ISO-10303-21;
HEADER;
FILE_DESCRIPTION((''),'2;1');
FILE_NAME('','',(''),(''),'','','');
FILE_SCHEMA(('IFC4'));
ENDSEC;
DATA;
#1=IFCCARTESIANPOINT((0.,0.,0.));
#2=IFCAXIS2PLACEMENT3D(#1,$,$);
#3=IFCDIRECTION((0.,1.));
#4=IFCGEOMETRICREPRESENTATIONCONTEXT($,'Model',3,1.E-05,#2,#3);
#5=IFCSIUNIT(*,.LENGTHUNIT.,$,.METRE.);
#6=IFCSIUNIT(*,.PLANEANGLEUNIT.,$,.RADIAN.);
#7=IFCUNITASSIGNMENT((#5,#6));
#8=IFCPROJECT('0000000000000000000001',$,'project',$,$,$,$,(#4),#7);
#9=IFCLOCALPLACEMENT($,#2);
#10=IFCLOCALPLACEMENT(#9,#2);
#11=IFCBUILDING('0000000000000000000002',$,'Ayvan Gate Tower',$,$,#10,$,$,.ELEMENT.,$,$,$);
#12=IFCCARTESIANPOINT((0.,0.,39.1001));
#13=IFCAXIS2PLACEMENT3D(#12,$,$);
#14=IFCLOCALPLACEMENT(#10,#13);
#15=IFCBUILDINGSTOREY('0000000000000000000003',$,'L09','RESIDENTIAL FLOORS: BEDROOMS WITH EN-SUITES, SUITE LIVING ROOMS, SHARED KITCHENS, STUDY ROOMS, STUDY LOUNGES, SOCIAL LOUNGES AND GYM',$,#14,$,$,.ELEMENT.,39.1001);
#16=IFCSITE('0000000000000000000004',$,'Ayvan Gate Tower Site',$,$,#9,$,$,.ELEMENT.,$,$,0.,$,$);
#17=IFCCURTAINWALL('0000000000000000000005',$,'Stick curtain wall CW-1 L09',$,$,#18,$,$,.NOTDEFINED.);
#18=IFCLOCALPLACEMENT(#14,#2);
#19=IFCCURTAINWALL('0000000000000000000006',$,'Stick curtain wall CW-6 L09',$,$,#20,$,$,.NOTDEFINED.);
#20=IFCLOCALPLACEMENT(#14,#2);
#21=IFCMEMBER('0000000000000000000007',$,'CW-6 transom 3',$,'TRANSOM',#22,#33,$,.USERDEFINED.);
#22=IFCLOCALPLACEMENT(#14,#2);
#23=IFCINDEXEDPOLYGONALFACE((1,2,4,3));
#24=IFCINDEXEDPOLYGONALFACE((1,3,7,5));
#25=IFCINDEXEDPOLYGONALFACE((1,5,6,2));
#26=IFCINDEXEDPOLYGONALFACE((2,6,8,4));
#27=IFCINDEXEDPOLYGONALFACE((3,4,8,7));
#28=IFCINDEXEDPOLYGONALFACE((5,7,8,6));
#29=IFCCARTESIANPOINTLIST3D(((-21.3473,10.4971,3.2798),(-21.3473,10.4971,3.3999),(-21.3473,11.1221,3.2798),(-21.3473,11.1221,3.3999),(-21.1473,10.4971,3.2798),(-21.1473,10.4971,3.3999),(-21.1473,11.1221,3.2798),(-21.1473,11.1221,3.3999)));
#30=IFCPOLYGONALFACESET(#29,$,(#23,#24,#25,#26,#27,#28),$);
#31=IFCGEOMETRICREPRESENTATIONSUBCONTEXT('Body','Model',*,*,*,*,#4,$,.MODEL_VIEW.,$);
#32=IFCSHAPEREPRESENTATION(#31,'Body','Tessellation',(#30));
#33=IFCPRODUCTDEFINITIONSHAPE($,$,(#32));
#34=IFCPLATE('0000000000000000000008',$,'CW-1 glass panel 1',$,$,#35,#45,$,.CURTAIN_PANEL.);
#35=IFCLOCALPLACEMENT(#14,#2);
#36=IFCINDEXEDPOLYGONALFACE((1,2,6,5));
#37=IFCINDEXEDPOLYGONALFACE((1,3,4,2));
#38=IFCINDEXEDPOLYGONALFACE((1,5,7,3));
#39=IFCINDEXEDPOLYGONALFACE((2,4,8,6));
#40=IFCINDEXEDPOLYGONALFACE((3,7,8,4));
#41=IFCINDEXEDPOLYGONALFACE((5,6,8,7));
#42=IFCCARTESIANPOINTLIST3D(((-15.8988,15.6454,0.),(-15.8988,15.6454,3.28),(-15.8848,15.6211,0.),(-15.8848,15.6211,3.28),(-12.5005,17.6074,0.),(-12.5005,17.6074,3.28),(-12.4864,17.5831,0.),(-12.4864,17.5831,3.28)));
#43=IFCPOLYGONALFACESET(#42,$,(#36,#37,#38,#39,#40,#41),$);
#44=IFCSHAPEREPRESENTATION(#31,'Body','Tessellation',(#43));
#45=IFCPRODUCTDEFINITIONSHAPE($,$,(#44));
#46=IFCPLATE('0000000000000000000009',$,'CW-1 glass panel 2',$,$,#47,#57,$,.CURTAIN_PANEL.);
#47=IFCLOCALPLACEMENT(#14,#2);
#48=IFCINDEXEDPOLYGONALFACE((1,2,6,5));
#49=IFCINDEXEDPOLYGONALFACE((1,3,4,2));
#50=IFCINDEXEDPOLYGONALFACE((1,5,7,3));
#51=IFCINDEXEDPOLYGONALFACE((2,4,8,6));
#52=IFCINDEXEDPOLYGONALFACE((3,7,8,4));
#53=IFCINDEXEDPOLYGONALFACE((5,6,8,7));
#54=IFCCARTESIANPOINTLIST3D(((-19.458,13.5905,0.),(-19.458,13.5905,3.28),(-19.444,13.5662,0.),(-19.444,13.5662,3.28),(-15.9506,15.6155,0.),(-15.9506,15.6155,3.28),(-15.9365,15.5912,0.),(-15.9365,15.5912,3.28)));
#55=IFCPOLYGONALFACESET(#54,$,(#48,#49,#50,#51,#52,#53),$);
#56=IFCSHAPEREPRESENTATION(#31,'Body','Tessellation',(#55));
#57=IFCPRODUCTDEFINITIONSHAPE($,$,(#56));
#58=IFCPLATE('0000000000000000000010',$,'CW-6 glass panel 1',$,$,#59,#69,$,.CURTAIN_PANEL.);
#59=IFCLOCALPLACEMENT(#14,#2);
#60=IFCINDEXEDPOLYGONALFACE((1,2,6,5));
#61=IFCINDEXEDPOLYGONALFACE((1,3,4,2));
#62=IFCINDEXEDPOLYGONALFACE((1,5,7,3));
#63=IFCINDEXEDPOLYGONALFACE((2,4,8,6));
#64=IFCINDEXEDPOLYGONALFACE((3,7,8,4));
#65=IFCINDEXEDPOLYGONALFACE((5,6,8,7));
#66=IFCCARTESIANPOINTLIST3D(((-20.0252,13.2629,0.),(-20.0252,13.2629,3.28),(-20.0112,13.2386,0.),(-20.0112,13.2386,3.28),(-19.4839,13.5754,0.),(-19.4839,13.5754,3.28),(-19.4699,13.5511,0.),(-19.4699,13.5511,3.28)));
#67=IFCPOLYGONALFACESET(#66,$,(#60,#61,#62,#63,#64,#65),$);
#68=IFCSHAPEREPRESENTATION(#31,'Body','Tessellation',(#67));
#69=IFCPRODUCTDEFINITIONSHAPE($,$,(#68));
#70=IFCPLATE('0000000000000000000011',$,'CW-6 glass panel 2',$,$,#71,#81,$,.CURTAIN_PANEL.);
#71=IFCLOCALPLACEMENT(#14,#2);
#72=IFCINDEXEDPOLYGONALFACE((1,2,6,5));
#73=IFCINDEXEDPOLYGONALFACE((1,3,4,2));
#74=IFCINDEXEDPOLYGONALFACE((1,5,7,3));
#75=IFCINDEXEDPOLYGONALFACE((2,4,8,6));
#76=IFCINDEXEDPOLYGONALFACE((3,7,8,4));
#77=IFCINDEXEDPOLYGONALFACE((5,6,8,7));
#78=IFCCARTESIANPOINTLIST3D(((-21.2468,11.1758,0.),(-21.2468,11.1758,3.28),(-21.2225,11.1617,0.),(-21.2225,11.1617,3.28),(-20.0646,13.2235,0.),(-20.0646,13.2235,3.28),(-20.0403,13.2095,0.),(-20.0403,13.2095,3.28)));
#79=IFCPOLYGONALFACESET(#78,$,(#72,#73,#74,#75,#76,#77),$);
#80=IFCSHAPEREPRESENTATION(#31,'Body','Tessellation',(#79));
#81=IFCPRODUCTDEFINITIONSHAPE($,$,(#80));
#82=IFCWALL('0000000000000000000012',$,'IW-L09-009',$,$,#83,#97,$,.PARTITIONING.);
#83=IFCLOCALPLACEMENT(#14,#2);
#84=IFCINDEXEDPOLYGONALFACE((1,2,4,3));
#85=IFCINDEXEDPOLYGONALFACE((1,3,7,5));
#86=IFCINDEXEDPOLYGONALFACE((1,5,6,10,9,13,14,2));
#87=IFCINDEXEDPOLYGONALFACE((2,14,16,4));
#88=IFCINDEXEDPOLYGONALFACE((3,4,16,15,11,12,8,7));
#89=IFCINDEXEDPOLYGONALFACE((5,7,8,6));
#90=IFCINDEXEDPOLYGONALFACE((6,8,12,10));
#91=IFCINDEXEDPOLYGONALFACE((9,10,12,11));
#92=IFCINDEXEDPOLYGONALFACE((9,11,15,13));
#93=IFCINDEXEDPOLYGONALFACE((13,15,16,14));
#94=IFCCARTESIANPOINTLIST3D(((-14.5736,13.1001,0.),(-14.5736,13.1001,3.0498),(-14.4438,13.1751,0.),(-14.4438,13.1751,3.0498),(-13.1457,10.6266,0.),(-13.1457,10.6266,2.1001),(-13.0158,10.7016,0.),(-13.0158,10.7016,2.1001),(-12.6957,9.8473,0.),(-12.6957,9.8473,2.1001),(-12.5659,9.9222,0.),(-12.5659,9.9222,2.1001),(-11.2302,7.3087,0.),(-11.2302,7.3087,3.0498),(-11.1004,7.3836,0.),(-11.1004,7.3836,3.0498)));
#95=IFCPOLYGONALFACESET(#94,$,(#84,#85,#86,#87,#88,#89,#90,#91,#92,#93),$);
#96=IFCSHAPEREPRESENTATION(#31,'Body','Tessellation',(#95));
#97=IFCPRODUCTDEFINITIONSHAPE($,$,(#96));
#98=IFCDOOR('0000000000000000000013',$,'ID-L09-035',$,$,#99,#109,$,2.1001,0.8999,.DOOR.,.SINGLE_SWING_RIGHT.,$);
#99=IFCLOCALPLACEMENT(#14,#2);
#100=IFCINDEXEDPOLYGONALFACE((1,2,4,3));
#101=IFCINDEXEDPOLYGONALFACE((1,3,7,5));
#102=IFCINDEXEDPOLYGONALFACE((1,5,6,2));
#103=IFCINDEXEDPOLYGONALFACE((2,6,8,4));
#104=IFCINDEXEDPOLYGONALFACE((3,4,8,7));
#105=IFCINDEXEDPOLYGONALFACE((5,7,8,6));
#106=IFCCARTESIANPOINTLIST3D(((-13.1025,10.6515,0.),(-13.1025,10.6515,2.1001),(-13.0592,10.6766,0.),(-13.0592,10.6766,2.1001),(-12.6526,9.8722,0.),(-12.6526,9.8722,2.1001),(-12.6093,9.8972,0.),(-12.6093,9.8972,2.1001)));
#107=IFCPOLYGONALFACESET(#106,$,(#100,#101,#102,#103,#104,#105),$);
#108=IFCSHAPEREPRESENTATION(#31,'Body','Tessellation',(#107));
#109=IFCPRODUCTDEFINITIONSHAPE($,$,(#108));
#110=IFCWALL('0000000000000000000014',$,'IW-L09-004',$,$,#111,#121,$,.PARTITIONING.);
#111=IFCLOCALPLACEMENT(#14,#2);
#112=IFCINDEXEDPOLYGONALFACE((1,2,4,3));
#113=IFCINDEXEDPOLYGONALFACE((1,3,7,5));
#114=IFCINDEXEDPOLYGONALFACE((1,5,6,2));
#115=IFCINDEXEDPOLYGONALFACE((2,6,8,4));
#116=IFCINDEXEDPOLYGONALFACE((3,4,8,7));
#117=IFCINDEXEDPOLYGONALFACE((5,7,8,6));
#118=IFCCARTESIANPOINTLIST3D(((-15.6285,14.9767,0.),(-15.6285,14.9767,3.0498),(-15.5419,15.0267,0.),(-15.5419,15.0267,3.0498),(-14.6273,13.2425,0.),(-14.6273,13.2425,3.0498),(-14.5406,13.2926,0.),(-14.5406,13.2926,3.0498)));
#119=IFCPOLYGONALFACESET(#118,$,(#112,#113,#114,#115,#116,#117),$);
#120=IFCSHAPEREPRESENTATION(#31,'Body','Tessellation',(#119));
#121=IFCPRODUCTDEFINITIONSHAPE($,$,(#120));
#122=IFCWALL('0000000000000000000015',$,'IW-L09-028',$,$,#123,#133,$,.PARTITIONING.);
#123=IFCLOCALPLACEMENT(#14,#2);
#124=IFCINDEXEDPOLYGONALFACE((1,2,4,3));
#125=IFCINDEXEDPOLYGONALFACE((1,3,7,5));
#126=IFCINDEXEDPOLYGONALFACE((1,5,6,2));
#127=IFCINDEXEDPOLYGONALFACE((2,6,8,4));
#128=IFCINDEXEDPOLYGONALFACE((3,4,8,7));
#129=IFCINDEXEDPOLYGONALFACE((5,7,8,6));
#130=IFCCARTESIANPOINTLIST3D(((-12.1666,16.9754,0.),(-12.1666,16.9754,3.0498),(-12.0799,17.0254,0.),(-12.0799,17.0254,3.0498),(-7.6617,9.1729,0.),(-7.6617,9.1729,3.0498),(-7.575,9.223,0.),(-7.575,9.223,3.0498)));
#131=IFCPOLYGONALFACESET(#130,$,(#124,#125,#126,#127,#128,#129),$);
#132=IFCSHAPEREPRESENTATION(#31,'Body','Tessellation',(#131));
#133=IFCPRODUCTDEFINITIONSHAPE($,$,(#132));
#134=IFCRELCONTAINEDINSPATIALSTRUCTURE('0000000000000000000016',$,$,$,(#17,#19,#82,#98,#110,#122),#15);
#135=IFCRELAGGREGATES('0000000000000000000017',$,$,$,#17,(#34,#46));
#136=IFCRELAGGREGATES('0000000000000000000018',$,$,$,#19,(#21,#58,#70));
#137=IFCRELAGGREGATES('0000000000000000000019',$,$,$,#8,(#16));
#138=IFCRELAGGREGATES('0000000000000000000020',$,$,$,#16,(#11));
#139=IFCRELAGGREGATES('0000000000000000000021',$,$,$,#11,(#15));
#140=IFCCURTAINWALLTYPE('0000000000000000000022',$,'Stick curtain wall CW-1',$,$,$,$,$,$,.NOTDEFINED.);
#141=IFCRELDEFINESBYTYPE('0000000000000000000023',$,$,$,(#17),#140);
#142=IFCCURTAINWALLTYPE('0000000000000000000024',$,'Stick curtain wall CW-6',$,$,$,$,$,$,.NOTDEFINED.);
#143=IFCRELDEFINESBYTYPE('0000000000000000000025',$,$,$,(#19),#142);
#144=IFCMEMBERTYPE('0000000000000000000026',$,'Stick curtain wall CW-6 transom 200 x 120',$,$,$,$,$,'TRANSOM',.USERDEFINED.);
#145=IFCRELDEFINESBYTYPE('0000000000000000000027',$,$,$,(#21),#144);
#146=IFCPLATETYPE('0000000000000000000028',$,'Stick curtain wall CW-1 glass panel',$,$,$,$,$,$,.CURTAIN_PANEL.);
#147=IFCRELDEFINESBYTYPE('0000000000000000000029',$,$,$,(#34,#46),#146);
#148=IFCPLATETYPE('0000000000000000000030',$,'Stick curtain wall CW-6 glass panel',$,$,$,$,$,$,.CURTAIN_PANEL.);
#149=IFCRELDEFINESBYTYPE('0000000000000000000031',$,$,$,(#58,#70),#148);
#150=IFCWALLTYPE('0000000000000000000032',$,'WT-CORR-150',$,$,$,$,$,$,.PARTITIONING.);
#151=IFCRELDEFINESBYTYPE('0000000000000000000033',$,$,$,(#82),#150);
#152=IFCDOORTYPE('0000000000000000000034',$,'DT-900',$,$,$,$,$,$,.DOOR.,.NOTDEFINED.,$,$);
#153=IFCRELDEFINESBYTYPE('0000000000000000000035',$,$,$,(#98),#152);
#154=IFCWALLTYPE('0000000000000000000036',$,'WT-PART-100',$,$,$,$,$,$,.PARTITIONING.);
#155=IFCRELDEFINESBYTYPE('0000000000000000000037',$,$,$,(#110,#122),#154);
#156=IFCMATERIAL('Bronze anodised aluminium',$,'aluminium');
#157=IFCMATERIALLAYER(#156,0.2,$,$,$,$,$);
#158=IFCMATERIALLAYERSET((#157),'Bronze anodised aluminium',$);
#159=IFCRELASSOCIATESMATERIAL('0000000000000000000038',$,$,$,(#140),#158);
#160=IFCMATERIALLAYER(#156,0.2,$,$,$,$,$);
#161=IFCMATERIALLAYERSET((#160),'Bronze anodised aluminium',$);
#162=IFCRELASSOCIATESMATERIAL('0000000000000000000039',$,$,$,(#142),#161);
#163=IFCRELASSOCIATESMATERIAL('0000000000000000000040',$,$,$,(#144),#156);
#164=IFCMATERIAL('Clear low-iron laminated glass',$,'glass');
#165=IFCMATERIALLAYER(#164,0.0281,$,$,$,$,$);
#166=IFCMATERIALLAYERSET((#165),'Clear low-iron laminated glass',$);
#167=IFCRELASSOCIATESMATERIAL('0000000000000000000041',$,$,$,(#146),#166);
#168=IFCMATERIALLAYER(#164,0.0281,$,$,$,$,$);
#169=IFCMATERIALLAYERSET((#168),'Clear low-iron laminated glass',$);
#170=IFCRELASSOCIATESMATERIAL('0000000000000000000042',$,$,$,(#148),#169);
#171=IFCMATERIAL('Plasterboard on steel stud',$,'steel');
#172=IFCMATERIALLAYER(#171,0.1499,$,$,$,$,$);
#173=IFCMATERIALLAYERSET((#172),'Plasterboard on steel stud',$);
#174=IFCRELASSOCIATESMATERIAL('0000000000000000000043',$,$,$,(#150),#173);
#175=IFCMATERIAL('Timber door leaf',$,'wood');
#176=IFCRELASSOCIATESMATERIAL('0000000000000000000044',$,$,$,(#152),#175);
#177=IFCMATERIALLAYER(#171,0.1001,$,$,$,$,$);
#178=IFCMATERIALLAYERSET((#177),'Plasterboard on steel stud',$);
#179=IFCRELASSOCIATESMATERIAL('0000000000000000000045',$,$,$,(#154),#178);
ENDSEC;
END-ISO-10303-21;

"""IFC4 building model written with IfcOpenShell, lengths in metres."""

from ifc_helpers import new_model, si_unit, direction, frame, frame_2d, origin, origin_2d, place, context, subcontext, project, spatial, rectangle, extrude, material, layer, layer_set, material_profile, profile_set, type_object, element, fill, aggregate, save


model = new_model("IFC4")

# Units and contexts
model_context = context("Model", 3, precision=1e-05, world=origin(), true_north=direction((0.0, 1.0)))
body_context = subcontext(model_context, "Body", "Model", "MODEL_VIEW")
ifc_project = project(units=[si_unit("LENGTHUNIT", "METRE"), si_unit("PLANEANGLEUNIT", "RADIAN")], contexts=[model_context])

# Site, building, storey
site_placement = place(None, origin())
site = spatial("IfcSite", under=ifc_project, at=site_placement, Name="Ayvan Gate Tower Site", CompositionType="ELEMENT", RefElevation=0.0)
building_placement = place(site_placement, origin())
building = spatial("IfcBuilding", under=site, at=building_placement, Name="Ayvan Gate Tower", CompositionType="ELEMENT")
storey_placement = place(building_placement, frame((0.0, 0.0, 39.1001)))
storey = spatial("IfcBuildingStorey", under=building, at=storey_placement, Name="L09", Description="RESIDENTIAL FLOORS: BEDROOMS WITH EN-SUITES, SUITE LIVING ROOMS, SHARED KITCHENS, STUDY ROOMS, STUDY LOUNGES, SOCIAL LOUNGES AND GYM", CompositionType="ELEMENT", Elevation=39.1001)

# Curtain walls, member
ifc_material_1 = material(Name="Bronze anodised aluminium", Category="aluminium")
ifc_layer_1 = layer(ifc_material_1, 0.2)
ifc_layer_set_1 = layer_set([ifc_layer_1], Name="Bronze anodised aluminium")
curtain_wall_type_1 = type_object("IfcCurtainWallType", Name="Stick curtain wall CW-1", PredefinedType="NOTDEFINED", material=ifc_layer_set_1)
curtain_wall_1_placement = place(storey_placement, origin())
curtain_wall_1 = element("IfcCurtainWall", 1, at=curtain_wall_1_placement, inside=storey, type_object=curtain_wall_type_1, Name="Stick curtain wall CW-1 L09", PredefinedType="NOTDEFINED")
ifc_layer_2 = layer(ifc_material_1, 0.2)
ifc_layer_set_2 = layer_set([ifc_layer_2], Name="Bronze anodised aluminium")
curtain_wall_type_2 = type_object("IfcCurtainWallType", Name="Stick curtain wall CW-6", PredefinedType="NOTDEFINED", material=ifc_layer_set_2)
curtain_wall_2_placement = place(storey_placement, origin())
curtain_wall_2 = element("IfcCurtainWall", 2, at=curtain_wall_2_placement, inside=storey, type_object=curtain_wall_type_2, Name="Stick curtain wall CW-6 L09", PredefinedType="NOTDEFINED")
ifc_material_profile_1 = material_profile(ifc_material_1, rectangle(XDim=0.2, YDim=0.1201, at=origin_2d()), Name="Stick curtain wall CW-6 transom 200 x 120")
ifc_profile_set_1 = profile_set([ifc_material_profile_1], Name="Bronze anodised aluminium")
member_type_1 = type_object("IfcMemberType", Name="Stick curtain wall CW-6 transom 200 x 120", ElementType="TRANSOM", PredefinedType="USERDEFINED", material=ifc_profile_set_1)
member_1_placement = place(storey_placement, frame((-21.2473, 11.1221, 3.3398), z_axis=(0.0, -1.0, 0.0), x_axis=(1.0, 0.0, 0.0)))
member_1 = element("IfcMember", 3, at=member_1_placement, type_object=member_type_1, Name="CW-6 transom 3", ObjectType="TRANSOM", PredefinedType="USERDEFINED", context=body_context, shape_type="SweptSolid", body=[
    extrude(rectangle(XDim=0.2, YDim=0.1201, at=origin_2d()), origin(), (0.0, 0.0, 1.0), 0.625),
])

# Plates
ifc_material_2 = material(Name="Clear low-iron laminated glass", Category="glass")
ifc_layer_3 = layer(ifc_material_2, 0.0281)
ifc_layer_set_3 = layer_set([ifc_layer_3], Name="Clear low-iron laminated glass")
plate_type_1 = type_object("IfcPlateType", Name="Stick curtain wall CW-1 glass panel", PredefinedType="CURTAIN_PANEL", material=ifc_layer_set_3)
plate_1_placement = place(storey_placement, frame((-14.1926, 16.6143, 0.0), z_axis=(0.0, 0.0, 1.0), x_axis=(-0.866025, -0.5, 0.0)))
plate_1 = element("IfcPlate", 4, at=plate_1_placement, type_object=plate_type_1, Name="CW-1 glass panel 1", PredefinedType="CURTAIN_PANEL", context=body_context, shape_type="SweptSolid", body=[
    extrude(rectangle(XDim=3.9241, YDim=0.0281, at=origin_2d()), origin(), (0.0, 0.0, 1.0), 3.28),
])
plate_2_placement = place(storey_placement, frame((-17.6973, 14.5908, 0.0), z_axis=(0.0, 0.0, 1.0), x_axis=(-0.866025, -0.5, 0.0)))
plate_2 = element("IfcPlate", 5, at=plate_2_placement, type_object=plate_type_1, Name="CW-1 glass panel 2", PredefinedType="CURTAIN_PANEL", context=body_context, shape_type="SweptSolid", body=[
    extrude(rectangle(XDim=4.05, YDim=0.0281, at=origin_2d()), origin(), (0.0, 0.0, 1.0), 3.28),
])
aggregate(curtain_wall_1, [plate_1, plate_2])
ifc_layer_4 = layer(ifc_material_2, 0.0281)
ifc_layer_set_4 = layer_set([ifc_layer_4], Name="Clear low-iron laminated glass")
plate_type_2 = type_object("IfcPlateType", Name="Stick curtain wall CW-6 glass panel", PredefinedType="CURTAIN_PANEL", material=ifc_layer_set_4)
plate_3_placement = place(storey_placement, frame((-19.7476, 13.407, 0.0), z_axis=(0.0, 0.0, 1.0), x_axis=(-0.866025, -0.5, 0.0)))
plate_3 = element("IfcPlate", 6, at=plate_3_placement, type_object=plate_type_2, Name="CW-6 glass panel 1", PredefinedType="CURTAIN_PANEL", context=body_context, shape_type="SweptSolid", body=[
    extrude(rectangle(XDim=0.625, YDim=0.0281, at=origin_2d()), origin(), (0.0, 0.0, 1.0), 3.28),
])
plate_4_placement = place(storey_placement, frame((-20.6436, 12.1926, 0.0), z_axis=(0.0, 0.0, 1.0), x_axis=(-0.5, -0.866025, 0.0)))
plate_4 = element("IfcPlate", 7, at=plate_4_placement, type_object=plate_type_2, Name="CW-6 glass panel 2", PredefinedType="CURTAIN_PANEL", context=body_context, shape_type="SweptSolid", body=[
    extrude(rectangle(XDim=2.3645, YDim=0.0281, at=origin_2d()), origin(), (0.0, 0.0, 1.0), 3.28),
])
aggregate(curtain_wall_2, [member_1, plate_3, plate_4])

# Wall, opening, door
ifc_material_3 = material(Name="Plasterboard on steel stud", Category="steel")
ifc_layer_5 = layer(ifc_material_3, 0.1499)
ifc_layer_set_5 = layer_set([ifc_layer_5], Name="Plasterboard on steel stud")
wall_type_1 = type_object("IfcWallType", Name="WT-CORR-150", PredefinedType="PARTITIONING", material=ifc_layer_set_5)
wall_1_placement = place(storey_placement, frame((-14.5088, 13.1377, 0.0), z_axis=(0.0, 0.0, 1.0), x_axis=(0.499975, -0.86604, 0.0)))
wall_1 = element("IfcWall", 8, at=wall_1_placement, inside=storey, type_object=wall_type_1, Name="IW-L09-009", PredefinedType="PARTITIONING", context=body_context, shape_type="SweptSolid", body=[
    extrude(rectangle(XDim=6.6873, YDim=0.1499, at=frame_2d((3.3438, 0.0))), origin(), (0.0, 0.0, 1.0), 3.0498),
])
opening_placement = place(wall_1_placement, frame((2.8562, 0.0, 0.0)))
opening = element("IfcOpeningElement", 9, at=opening_placement, cuts=wall_1, PredefinedType="OPENING", context=body_context, shape_type="SweptSolid", body=[
    extrude(rectangle(XDim=0.8999, YDim=2.1001, at=frame_2d((0.45, 1.05))), frame((0.0, 0.085, 0.0), z_axis=(0.0, -1.0, 0.0), x_axis=(1.0, 0.0, 0.0)), (0.0, 0.0, 1.0), 0.1699),
])
ifc_material_4 = material(Name="Timber door leaf", Category="wood")
door_type = type_object("IfcDoorType", Name="DT-900", OperationType="NOTDEFINED", PredefinedType="DOOR", material=ifc_material_4)
door_placement = place(opening_placement, origin())
door = element("IfcDoor", 10, at=door_placement, inside=storey, type_object=door_type, Name="ID-L09-035", OperationType="SINGLE_SWING_RIGHT", OverallHeight=2.1001, OverallWidth=0.8999, PredefinedType="DOOR", context=body_context, shape_type="SweptSolid", body=[
    extrude(rectangle(XDim=0.8999, YDim=2.1001, at=frame_2d((0.45, 1.05))), frame((0.0, 0.0249, 0.0), z_axis=(0.0, -1.0, 0.0), x_axis=(1.0, 0.0, 0.0)), (0.0, 0.0, 1.0), 0.05),
])
fill(opening, door)

# Walls
ifc_layer_6 = layer(ifc_material_3, 0.1001)
ifc_layer_set_6 = layer_set([ifc_layer_6], Name="Plasterboard on steel stud")
wall_type_2 = type_object("IfcWallType", Name="WT-PART-100", PredefinedType="PARTITIONING", material=ifc_layer_set_6)
wall_2_placement = place(storey_placement, frame((-15.5852, 15.0017, 0.0), z_axis=(0.0, 0.0, 1.0), x_axis=(0.500007, -0.866021, 0.0)))
element("IfcWall", 11, at=wall_2_placement, inside=storey, type_object=wall_type_2, Name="IW-L09-004", PredefinedType="PARTITIONING", context=body_context, shape_type="SweptSolid", body=[
    extrude(rectangle(XDim=2.0024, YDim=0.1001, at=frame_2d((1.0012, 0.0))), origin(), (0.0, 0.0, 1.0), 3.0498),
])
wall_3_placement = place(storey_placement, frame((-12.1233, 17.0005, 0.0), z_axis=(0.0, 0.0, 1.0), x_axis=(0.500009, -0.86602, 0.0)))
element("IfcWall", 12, at=wall_3_placement, inside=storey, type_object=wall_type_2, Name="IW-L09-028", PredefinedType="PARTITIONING", context=body_context, shape_type="SweptSolid", body=[
    extrude(rectangle(XDim=9.0095, YDim=0.1001, at=frame_2d((4.5049, 0.0))), origin(), (0.0, 0.0, 1.0), 3.0498),
])

save(model, "model.ifc")
